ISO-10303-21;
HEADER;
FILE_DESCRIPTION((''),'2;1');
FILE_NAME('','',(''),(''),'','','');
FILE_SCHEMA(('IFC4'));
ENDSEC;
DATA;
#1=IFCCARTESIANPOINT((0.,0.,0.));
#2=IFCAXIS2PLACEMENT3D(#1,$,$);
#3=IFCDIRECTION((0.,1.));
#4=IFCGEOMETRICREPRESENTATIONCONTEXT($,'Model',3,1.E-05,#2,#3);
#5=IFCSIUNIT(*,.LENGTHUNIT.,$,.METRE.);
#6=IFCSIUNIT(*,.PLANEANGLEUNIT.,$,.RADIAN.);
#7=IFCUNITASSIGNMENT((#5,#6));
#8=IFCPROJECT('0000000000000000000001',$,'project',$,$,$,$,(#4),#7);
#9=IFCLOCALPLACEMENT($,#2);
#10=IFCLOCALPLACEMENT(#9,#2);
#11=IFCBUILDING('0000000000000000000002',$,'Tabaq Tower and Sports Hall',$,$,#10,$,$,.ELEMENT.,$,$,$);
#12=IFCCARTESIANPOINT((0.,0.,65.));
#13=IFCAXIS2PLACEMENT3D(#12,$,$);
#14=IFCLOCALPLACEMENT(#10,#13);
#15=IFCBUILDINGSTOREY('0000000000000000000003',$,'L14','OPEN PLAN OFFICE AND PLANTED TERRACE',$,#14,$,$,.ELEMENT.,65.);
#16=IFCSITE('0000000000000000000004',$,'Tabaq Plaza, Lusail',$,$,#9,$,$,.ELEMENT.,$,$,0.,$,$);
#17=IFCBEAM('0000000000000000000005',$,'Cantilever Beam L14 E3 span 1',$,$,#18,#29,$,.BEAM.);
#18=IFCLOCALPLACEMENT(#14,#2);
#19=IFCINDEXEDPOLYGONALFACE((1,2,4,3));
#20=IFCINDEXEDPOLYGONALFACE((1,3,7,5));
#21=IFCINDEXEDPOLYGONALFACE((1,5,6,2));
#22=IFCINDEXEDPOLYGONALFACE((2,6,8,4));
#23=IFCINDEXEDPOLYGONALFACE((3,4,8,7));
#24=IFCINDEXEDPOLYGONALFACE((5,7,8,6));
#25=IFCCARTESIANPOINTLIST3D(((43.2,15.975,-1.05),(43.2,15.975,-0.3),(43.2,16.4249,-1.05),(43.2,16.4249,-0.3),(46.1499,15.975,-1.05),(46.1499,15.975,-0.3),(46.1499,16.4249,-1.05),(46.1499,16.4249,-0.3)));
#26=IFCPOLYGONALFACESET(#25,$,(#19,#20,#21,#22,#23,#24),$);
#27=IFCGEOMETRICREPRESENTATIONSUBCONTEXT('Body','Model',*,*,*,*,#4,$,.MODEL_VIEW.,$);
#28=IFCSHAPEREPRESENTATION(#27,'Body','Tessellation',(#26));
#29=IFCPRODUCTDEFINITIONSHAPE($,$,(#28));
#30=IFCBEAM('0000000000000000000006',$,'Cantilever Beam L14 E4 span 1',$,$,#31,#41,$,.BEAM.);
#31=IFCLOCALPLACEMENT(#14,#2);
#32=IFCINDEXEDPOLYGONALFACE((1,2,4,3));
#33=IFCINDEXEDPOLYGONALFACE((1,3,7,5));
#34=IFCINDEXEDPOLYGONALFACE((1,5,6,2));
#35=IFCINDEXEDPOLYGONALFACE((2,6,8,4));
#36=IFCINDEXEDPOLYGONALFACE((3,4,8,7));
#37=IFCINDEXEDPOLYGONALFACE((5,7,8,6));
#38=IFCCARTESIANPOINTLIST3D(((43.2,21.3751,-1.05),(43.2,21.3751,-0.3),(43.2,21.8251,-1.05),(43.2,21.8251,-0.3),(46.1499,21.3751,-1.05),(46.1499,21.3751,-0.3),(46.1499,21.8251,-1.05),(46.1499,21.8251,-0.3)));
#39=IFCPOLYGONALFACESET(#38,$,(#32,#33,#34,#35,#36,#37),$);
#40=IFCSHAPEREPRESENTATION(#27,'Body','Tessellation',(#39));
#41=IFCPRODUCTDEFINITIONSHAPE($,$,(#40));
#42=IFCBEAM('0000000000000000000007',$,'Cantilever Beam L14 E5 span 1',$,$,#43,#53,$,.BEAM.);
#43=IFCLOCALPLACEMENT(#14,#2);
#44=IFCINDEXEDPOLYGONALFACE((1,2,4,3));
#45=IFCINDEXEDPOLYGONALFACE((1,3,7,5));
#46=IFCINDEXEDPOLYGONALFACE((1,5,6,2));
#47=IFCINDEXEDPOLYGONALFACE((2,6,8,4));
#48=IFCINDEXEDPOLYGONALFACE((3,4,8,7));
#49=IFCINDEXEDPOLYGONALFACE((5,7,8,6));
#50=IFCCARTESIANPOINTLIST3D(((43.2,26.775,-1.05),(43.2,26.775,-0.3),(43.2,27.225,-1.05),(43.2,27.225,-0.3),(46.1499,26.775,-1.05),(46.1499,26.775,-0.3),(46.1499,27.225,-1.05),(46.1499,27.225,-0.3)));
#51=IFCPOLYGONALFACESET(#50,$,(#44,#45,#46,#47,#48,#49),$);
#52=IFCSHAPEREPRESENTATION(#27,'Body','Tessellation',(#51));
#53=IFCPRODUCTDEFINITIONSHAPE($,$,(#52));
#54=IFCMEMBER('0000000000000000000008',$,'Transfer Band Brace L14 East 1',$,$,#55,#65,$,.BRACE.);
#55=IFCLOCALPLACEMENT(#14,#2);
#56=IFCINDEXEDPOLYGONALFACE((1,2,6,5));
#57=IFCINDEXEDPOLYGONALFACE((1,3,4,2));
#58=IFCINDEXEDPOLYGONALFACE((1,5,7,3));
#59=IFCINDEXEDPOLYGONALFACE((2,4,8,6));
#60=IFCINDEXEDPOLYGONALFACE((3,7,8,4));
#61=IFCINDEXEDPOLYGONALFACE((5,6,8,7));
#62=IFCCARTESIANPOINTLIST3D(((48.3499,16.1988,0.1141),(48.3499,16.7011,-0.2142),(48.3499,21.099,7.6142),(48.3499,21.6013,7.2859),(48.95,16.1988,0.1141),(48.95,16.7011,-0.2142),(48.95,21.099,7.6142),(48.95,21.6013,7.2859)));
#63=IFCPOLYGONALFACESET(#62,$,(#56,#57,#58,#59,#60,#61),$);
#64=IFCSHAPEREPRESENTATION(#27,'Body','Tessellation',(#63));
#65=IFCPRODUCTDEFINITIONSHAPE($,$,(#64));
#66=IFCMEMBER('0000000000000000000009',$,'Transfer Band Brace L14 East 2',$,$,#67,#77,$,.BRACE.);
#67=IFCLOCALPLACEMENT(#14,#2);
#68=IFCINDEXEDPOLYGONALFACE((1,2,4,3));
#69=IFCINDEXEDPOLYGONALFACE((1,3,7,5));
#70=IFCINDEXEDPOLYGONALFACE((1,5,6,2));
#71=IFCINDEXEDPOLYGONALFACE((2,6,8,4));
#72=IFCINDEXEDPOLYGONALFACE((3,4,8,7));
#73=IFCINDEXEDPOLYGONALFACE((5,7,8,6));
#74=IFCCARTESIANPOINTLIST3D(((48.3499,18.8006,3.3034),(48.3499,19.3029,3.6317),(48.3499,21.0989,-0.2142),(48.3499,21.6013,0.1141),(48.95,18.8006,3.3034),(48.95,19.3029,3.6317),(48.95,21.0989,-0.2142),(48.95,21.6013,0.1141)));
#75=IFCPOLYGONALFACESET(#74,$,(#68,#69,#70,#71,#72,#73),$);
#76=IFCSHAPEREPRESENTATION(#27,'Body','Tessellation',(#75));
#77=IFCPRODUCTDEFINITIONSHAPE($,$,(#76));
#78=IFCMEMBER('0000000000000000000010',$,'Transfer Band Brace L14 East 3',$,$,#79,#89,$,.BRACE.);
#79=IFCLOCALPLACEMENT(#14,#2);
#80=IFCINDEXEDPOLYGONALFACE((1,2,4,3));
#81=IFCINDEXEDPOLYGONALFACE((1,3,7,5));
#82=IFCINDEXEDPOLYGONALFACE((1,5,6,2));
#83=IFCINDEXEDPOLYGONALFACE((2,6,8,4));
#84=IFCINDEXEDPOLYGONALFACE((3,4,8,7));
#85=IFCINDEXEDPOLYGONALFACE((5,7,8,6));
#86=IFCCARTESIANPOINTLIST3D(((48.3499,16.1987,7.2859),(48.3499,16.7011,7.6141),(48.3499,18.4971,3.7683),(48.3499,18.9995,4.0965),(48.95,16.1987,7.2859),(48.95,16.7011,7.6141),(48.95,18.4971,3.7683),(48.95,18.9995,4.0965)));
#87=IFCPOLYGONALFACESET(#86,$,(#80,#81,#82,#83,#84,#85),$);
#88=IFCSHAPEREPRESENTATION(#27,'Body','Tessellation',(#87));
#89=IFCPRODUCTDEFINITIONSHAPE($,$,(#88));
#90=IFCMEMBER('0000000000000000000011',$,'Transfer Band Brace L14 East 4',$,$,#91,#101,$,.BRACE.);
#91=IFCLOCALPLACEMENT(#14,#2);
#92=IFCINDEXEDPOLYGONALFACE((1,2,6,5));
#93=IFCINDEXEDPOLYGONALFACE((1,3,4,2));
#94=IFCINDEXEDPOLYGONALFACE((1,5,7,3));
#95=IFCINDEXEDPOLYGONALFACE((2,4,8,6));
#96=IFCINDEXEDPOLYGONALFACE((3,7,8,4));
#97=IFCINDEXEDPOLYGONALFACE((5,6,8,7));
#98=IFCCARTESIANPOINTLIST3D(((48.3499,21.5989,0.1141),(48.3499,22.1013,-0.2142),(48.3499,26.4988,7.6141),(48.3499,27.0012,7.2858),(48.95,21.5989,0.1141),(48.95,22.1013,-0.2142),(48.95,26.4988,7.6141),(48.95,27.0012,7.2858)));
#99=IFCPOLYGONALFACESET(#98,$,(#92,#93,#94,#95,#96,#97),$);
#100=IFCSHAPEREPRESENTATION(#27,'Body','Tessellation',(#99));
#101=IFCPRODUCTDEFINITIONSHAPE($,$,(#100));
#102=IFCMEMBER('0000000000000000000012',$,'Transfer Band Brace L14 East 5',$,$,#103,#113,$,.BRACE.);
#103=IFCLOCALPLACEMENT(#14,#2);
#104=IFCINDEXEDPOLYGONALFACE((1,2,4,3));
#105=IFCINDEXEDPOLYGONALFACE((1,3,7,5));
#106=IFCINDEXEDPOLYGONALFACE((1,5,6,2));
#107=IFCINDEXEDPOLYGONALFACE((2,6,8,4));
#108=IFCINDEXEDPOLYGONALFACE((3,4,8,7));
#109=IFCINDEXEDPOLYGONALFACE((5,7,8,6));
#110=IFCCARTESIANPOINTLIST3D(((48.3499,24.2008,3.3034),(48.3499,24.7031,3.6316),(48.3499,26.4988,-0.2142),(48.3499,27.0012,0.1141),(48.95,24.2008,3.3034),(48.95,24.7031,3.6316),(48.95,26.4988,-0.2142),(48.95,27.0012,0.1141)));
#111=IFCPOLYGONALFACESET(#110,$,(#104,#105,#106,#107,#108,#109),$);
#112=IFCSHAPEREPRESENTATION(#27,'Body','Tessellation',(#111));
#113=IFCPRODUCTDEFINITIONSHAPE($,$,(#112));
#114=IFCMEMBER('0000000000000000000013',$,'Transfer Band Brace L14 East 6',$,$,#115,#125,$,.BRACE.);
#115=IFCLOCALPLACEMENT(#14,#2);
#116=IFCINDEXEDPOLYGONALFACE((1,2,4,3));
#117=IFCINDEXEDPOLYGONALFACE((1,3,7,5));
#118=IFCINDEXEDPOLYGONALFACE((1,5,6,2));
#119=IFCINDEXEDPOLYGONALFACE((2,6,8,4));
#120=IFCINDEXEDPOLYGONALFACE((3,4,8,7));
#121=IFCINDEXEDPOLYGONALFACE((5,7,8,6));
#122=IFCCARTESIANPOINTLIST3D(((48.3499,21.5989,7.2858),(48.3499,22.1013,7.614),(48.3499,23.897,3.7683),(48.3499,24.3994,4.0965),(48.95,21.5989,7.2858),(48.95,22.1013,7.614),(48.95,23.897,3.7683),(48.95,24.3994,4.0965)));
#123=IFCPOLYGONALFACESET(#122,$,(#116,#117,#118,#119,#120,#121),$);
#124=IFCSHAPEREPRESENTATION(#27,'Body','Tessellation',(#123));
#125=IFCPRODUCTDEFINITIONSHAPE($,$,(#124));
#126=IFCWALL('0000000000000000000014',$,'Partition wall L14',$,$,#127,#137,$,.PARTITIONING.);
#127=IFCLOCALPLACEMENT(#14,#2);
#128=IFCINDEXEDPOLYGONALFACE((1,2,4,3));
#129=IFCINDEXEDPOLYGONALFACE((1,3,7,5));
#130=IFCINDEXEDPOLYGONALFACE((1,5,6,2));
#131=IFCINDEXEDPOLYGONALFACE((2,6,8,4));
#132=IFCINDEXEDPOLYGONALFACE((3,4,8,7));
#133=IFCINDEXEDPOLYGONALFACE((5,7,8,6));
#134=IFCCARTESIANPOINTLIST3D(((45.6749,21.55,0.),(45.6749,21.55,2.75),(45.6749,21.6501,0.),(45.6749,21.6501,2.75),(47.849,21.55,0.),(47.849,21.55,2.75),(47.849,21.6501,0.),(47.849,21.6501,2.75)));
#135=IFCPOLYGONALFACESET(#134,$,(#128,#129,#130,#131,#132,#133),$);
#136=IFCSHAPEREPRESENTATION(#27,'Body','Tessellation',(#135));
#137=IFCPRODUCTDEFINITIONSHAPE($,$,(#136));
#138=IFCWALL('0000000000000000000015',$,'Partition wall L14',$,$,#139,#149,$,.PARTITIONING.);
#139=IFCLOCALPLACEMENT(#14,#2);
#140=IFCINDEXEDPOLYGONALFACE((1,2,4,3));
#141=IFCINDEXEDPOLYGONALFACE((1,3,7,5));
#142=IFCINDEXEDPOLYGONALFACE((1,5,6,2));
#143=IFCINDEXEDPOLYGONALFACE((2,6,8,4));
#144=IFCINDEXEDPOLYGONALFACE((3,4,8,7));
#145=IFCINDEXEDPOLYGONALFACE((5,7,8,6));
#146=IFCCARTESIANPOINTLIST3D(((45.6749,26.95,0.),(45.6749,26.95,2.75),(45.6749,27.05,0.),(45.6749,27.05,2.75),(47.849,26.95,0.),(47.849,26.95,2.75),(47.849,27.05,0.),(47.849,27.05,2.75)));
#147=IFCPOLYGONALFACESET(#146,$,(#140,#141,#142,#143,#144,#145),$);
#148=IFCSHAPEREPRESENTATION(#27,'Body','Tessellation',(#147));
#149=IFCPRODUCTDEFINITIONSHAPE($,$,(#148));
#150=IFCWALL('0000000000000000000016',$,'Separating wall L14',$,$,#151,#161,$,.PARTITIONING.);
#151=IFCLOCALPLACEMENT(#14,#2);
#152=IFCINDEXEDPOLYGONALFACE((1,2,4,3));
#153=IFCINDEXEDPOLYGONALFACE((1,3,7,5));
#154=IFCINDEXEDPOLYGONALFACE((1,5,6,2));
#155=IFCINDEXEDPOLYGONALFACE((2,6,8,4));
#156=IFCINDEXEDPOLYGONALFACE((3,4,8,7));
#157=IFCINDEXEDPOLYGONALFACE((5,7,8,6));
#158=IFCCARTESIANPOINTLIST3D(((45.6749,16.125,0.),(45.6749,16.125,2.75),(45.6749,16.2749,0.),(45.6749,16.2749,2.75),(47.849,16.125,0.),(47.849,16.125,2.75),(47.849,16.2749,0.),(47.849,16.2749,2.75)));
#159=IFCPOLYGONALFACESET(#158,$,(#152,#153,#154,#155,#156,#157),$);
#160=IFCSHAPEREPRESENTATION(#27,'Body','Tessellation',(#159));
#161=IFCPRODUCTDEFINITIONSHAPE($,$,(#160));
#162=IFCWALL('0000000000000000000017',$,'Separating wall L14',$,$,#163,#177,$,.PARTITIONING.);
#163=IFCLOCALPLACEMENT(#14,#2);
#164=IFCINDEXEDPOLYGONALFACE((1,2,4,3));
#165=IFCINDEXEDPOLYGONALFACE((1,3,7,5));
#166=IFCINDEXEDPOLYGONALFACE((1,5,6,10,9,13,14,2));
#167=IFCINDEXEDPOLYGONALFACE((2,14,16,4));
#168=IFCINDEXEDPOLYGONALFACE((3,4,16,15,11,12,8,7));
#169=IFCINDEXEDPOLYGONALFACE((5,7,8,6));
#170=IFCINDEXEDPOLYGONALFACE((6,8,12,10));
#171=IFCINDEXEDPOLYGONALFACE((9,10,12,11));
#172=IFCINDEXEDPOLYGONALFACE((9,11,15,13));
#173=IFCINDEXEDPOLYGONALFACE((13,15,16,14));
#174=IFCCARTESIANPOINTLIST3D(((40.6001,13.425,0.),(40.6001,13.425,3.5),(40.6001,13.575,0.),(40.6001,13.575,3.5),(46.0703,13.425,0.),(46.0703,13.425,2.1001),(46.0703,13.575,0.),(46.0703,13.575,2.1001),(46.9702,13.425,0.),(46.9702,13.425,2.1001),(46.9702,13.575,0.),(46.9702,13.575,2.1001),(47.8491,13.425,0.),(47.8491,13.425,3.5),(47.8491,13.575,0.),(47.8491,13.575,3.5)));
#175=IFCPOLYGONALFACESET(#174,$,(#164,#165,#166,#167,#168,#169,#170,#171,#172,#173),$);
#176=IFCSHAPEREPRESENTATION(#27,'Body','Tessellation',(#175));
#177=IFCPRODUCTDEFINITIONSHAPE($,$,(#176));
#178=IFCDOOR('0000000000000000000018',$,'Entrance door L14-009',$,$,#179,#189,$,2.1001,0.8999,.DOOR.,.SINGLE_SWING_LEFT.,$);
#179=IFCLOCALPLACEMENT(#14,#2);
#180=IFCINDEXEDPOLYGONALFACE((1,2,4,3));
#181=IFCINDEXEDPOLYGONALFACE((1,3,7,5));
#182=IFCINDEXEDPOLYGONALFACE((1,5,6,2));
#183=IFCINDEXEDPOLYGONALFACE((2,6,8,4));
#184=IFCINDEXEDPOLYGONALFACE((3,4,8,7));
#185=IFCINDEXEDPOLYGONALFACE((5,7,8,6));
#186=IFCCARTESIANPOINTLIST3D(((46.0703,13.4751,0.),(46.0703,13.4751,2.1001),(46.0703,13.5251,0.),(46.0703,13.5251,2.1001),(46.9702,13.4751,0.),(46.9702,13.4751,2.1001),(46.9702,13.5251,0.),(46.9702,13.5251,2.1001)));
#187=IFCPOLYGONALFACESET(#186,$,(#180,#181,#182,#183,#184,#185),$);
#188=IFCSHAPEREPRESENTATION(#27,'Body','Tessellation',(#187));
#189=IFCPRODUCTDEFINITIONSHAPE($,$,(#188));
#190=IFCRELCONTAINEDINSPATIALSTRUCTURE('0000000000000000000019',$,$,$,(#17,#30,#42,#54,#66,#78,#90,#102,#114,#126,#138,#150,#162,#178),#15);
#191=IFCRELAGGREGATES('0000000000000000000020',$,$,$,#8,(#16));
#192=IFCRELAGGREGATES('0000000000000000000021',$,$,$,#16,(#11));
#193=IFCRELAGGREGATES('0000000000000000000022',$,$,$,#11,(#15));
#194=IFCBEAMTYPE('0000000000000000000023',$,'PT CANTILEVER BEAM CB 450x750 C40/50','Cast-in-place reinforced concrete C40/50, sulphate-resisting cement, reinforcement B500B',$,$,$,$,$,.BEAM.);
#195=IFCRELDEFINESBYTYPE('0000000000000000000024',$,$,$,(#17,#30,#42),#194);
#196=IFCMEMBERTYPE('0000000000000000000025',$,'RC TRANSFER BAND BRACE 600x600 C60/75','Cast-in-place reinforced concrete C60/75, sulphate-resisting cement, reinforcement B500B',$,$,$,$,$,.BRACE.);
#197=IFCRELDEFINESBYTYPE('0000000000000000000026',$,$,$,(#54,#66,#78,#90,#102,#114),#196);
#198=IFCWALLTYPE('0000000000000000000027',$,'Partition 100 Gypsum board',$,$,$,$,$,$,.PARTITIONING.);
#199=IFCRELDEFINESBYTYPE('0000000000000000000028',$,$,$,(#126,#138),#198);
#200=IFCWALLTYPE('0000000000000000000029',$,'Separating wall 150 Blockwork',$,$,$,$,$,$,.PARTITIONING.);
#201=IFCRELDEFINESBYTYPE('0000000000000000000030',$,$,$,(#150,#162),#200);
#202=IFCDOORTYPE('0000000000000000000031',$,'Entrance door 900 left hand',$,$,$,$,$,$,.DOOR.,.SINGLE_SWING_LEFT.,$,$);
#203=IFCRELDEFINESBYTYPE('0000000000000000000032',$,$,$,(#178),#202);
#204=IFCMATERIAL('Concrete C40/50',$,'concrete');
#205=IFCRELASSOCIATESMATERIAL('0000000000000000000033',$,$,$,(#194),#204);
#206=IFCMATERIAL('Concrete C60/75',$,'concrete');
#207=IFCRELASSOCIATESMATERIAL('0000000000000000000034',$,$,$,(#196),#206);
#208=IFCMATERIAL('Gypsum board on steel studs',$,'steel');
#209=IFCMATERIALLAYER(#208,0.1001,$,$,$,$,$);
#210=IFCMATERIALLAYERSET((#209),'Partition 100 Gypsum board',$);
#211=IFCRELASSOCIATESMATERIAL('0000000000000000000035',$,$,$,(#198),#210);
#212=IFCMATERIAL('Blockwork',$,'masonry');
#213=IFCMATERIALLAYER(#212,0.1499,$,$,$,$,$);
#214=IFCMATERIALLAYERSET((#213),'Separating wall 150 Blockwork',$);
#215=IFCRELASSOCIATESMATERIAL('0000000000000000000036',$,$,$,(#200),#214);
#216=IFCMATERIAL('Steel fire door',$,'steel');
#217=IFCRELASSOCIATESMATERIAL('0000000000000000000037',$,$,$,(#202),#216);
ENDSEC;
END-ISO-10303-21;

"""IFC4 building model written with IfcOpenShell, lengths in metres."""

from ifc_helpers import new_model, si_unit, direction, frame, frame_2d, origin, origin_2d, place, context, subcontext, project, spatial, rectangle, extrude, material, layer, layer_set, material_profile, profile_set, type_object, element, fill, save


model = new_model("IFC4")

# Units and contexts
model_context = context("Model", 3, precision=1e-05, world=origin(), true_north=direction((0.0, 1.0)))
body_context = subcontext(model_context, "Body", "Model", "MODEL_VIEW")
ifc_project = project(units=[si_unit("LENGTHUNIT", "METRE"), si_unit("PLANEANGLEUNIT", "RADIAN")], contexts=[model_context])

# Site, building, storey
site_placement = place(None, origin())
site = spatial("IfcSite", under=ifc_project, at=site_placement, Name="Tabaq Plaza, Lusail", CompositionType="ELEMENT", RefElevation=0.0)
building_placement = place(site_placement, origin())
building = spatial("IfcBuilding", under=site, at=building_placement, Name="Tabaq Tower and Sports Hall", CompositionType="ELEMENT")
storey_placement = place(building_placement, frame((0.0, 0.0, 65.0)))
storey = spatial("IfcBuildingStorey", under=building, at=storey_placement, Name="L14", Description="OPEN PLAN OFFICE AND PLANTED TERRACE", CompositionType="ELEMENT", Elevation=65.0)

# Beams
ifc_material_1 = material(Name="Concrete C40/50", Category="concrete")
ifc_material_profile_1 = material_profile(ifc_material_1, rectangle(XDim=0.45, YDim=0.75, at=origin_2d()), Name="CB 450x750")
ifc_profile_set_1 = profile_set([ifc_material_profile_1], Name="Concrete C40/50")
beam_type = type_object("IfcBeamType", Name="PT CANTILEVER BEAM CB 450x750 C40/50", Description="Cast-in-place reinforced concrete C40/50, sulphate-resisting cement, reinforcement B500B", PredefinedType="BEAM", material=ifc_profile_set_1)
for number, where, z_axis, x_axis, name in (
    (1, (46.1499, 16.2, -0.675), (-1.0, 0.0, 0.0), (0.0, -1.0, 0.0), "Cantilever Beam L14 E3 span 1"),
    (2, (46.1499, 21.6001, -0.675), (-1.0, 0.0, 0.0), (0.0, -1.0, 0.0), "Cantilever Beam L14 E4 span 1"),
    (3, (46.1499, 27.0, -0.675), (-1.0, 0.0, 0.0), (0.0, -1.0, 0.0), "Cantilever Beam L14 E5 span 1"),
):
    element("IfcBeam", number, at=place(storey_placement, frame(where, z_axis=z_axis, x_axis=x_axis)), inside=storey, type_object=beam_type, Name=name, PredefinedType="BEAM", context=body_context, shape_type="SweptSolid", body=[
        extrude(rectangle(XDim=0.45, YDim=0.75, at=origin_2d()), origin(), (0.0, 0.0, 1.0), 2.95),
    ])

# Members
ifc_material_2 = material(Name="Concrete C60/75", Category="concrete")
ifc_material_profile_2 = material_profile(ifc_material_2, rectangle(XDim=0.6001, YDim=0.6001, at=origin_2d()), Name="TRANSFER BAND BRACE 600x600")
ifc_profile_set_2 = profile_set([ifc_material_profile_2], Name="Concrete C60/75")
member_type = type_object("IfcMemberType", Name="RC TRANSFER BAND BRACE 600x600 C60/75", Description="Cast-in-place reinforced concrete C60/75, sulphate-resisting cement, reinforcement B500B", PredefinedType="BRACE", material=ifc_profile_set_2)
member_1_placement = place(storey_placement, frame((48.6499, 16.45, -0.05), z_axis=(0.0, 0.54696, 0.837159), x_axis=(-1.0, 0.0, 0.0)))
element("IfcMember", 4, at=member_1_placement, inside=storey, type_object=member_type, Name="Transfer Band Brace L14 East 1", PredefinedType="BRACE", context=body_context, shape_type="SweptSolid", body=[
    extrude(rectangle(XDim=0.6001, YDim=0.6001, at=origin_2d()), origin(), (0.0, 0.0, 1.0), 8.959),
])
for number, where, z_axis, x_axis, name in (
    (5, (48.6499, 21.3501, -0.05), (0.0, -0.54698, 0.837146), (1.0, 0.0, 0.0), "Transfer Band Brace L14 East 2"),
    (6, (48.6499, 18.7483, 3.9324), (0.0, -0.54698, 0.837146), (1.0, 0.0, 0.0), "Transfer Band Brace L14 East 3"),
):
    element("IfcMember", number, at=place(storey_placement, frame(where, z_axis=z_axis, x_axis=x_axis)), inside=storey, type_object=member_type, Name=name, PredefinedType="BRACE", context=body_context, shape_type="SweptSolid", body=[
        extrude(rectangle(XDim=0.6001, YDim=0.6001, at=origin_2d()), origin(), (0.0, 0.0, 1.0), 4.2019),
    ])
member_2_placement = place(storey_placement, frame((48.6499, 21.8501, -0.05), z_axis=(0.0, 0.546941, 0.837171), x_axis=(-1.0, 0.0, 0.0)))
element("IfcMember", 7, at=member_2_placement, inside=storey, type_object=member_type, Name="Transfer Band Brace L14 East 4", PredefinedType="BRACE", context=body_context, shape_type="SweptSolid", body=[
    extrude(rectangle(XDim=0.6001, YDim=0.6001, at=origin_2d()), origin(), (0.0, 0.0, 1.0), 8.9587),
])
for number, where, z_axis, x_axis, name in (
    (8, (48.6499, 26.75, -0.05), (0.0, -0.546939, 0.837172), (1.0, 0.0, 0.0), "Transfer Band Brace L14 East 5"),
    (9, (48.6499, 24.1482, 3.9324), (0.0, -0.546939, 0.837172), (1.0, 0.0, 0.0), "Transfer Band Brace L14 East 6"),
):
    element("IfcMember", number, at=place(storey_placement, frame(where, z_axis=z_axis, x_axis=x_axis)), inside=storey, type_object=member_type, Name=name, PredefinedType="BRACE", context=body_context, shape_type="SweptSolid", body=[
        extrude(rectangle(XDim=0.6001, YDim=0.6001, at=origin_2d()), origin(), (0.0, 0.0, 1.0), 4.2017),
    ])

# Walls
ifc_material_3 = material(Name="Gypsum board on steel studs", Category="steel")
ifc_layer_1 = layer(ifc_material_3, 0.1001)
ifc_layer_set_1 = layer_set([ifc_layer_1], Name="Partition 100 Gypsum board")
wall_type_1 = type_object("IfcWallType", Name="Partition 100 Gypsum board", PredefinedType="PARTITIONING", material=ifc_layer_set_1)
for number, where, z_axis, x_axis, name in (
    (10, (45.675, 21.6001, 0.0), (0.0, 0.0, 1.0), (1.0, 0.0, 0.0), "Partition wall L14"),
    (11, (45.675, 27.0, 0.0), (0.0, 0.0, 1.0), (1.0, 0.0, 0.0), "Partition wall L14"),
):
    element("IfcWall", number, at=place(storey_placement, frame(where, z_axis=z_axis, x_axis=x_axis)), inside=storey, type_object=wall_type_1, Name=name, PredefinedType="PARTITIONING", context=body_context, shape_type="SweptSolid", body=[
        extrude(rectangle(XDim=2.1741, YDim=0.1001, at=frame_2d((1.0869, 0.0))), origin(), (0.0, 0.0, 1.0), 2.75),
    ])
ifc_material_4 = material(Name="Blockwork", Category="masonry")
ifc_layer_2 = layer(ifc_material_4, 0.1499)
ifc_layer_set_2 = layer_set([ifc_layer_2], Name="Separating wall 150 Blockwork")
wall_type_2 = type_object("IfcWallType", Name="Separating wall 150 Blockwork", PredefinedType="PARTITIONING", material=ifc_layer_set_2)
wall_1_placement = place(storey_placement, frame((45.675, 16.2, 0.0), z_axis=(0.0, 0.0, 1.0), x_axis=(1.0, 0.0, 0.0)))
element("IfcWall", 12, at=wall_1_placement, inside=storey, type_object=wall_type_2, Name="Separating wall L14", PredefinedType="PARTITIONING", context=body_context, shape_type="SweptSolid", body=[
    extrude(rectangle(XDim=2.1741, YDim=0.1499, at=frame_2d((1.0869, 0.0))), origin(), (0.0, 0.0, 1.0), 2.75),
])

# Wall, opening, door
wall_2_placement = place(storey_placement, frame((47.8491, 13.5, 0.0), z_axis=(0.0, 0.0, 1.0), x_axis=(-1.0, 0.0, 0.0)))
wall_2 = element("IfcWall", 13, at=wall_2_placement, inside=storey, type_object=wall_type_2, Name="Separating wall L14", PredefinedType="PARTITIONING", context=body_context, shape_type="SweptSolid", body=[
    extrude(rectangle(XDim=7.249, YDim=0.1499, at=frame_2d((3.6245, 0.0))), origin(), (0.0, 0.0, 1.0), 3.5),
])
opening_1_placement = place(wall_2_placement, frame((0.8789, 0.0, 0.0)))
opening_1 = element("IfcOpeningElement", 14, at=opening_1_placement, cuts=wall_2, PredefinedType="OPENING", context=body_context, shape_type="SweptSolid", body=[
    extrude(rectangle(XDim=0.8999, YDim=2.1001, at=frame_2d((0.45, 1.05))), frame((0.0, 0.075, 0.0), z_axis=(0.0, -1.0, 0.0), x_axis=(1.0, 0.0, 0.0)), (0.0, 0.0, 1.0), 0.1499),
])
ifc_material_5 = material(Name="Steel fire door", Category="steel")
door_type_1 = type_object("IfcDoorType", Name="Entrance door 900 left hand", OperationType="SINGLE_SWING_LEFT", PredefinedType="DOOR", material=ifc_material_5)
door_1_placement = place(opening_1_placement, origin())
door_1 = element("IfcDoor", 15, at=door_1_placement, inside=storey, type_object=door_type_1, Name="Entrance door L14-009", OperationType="SINGLE_SWING_LEFT", OverallHeight=2.1001, OverallWidth=0.8999, PredefinedType="DOOR", context=body_context, shape_type="SweptSolid", body=[
    extrude(rectangle(XDim=0.8999, YDim=2.1001, at=frame_2d((0.45, 1.05))), frame((0.0, 0.0249, 0.0), z_axis=(0.0, -1.0, 0.0), x_axis=(1.0, 0.0, 0.0)), (0.0, 0.0, 1.0), 0.05),
])
fill(opening_1, door_1)

save(model, "model.ifc")
